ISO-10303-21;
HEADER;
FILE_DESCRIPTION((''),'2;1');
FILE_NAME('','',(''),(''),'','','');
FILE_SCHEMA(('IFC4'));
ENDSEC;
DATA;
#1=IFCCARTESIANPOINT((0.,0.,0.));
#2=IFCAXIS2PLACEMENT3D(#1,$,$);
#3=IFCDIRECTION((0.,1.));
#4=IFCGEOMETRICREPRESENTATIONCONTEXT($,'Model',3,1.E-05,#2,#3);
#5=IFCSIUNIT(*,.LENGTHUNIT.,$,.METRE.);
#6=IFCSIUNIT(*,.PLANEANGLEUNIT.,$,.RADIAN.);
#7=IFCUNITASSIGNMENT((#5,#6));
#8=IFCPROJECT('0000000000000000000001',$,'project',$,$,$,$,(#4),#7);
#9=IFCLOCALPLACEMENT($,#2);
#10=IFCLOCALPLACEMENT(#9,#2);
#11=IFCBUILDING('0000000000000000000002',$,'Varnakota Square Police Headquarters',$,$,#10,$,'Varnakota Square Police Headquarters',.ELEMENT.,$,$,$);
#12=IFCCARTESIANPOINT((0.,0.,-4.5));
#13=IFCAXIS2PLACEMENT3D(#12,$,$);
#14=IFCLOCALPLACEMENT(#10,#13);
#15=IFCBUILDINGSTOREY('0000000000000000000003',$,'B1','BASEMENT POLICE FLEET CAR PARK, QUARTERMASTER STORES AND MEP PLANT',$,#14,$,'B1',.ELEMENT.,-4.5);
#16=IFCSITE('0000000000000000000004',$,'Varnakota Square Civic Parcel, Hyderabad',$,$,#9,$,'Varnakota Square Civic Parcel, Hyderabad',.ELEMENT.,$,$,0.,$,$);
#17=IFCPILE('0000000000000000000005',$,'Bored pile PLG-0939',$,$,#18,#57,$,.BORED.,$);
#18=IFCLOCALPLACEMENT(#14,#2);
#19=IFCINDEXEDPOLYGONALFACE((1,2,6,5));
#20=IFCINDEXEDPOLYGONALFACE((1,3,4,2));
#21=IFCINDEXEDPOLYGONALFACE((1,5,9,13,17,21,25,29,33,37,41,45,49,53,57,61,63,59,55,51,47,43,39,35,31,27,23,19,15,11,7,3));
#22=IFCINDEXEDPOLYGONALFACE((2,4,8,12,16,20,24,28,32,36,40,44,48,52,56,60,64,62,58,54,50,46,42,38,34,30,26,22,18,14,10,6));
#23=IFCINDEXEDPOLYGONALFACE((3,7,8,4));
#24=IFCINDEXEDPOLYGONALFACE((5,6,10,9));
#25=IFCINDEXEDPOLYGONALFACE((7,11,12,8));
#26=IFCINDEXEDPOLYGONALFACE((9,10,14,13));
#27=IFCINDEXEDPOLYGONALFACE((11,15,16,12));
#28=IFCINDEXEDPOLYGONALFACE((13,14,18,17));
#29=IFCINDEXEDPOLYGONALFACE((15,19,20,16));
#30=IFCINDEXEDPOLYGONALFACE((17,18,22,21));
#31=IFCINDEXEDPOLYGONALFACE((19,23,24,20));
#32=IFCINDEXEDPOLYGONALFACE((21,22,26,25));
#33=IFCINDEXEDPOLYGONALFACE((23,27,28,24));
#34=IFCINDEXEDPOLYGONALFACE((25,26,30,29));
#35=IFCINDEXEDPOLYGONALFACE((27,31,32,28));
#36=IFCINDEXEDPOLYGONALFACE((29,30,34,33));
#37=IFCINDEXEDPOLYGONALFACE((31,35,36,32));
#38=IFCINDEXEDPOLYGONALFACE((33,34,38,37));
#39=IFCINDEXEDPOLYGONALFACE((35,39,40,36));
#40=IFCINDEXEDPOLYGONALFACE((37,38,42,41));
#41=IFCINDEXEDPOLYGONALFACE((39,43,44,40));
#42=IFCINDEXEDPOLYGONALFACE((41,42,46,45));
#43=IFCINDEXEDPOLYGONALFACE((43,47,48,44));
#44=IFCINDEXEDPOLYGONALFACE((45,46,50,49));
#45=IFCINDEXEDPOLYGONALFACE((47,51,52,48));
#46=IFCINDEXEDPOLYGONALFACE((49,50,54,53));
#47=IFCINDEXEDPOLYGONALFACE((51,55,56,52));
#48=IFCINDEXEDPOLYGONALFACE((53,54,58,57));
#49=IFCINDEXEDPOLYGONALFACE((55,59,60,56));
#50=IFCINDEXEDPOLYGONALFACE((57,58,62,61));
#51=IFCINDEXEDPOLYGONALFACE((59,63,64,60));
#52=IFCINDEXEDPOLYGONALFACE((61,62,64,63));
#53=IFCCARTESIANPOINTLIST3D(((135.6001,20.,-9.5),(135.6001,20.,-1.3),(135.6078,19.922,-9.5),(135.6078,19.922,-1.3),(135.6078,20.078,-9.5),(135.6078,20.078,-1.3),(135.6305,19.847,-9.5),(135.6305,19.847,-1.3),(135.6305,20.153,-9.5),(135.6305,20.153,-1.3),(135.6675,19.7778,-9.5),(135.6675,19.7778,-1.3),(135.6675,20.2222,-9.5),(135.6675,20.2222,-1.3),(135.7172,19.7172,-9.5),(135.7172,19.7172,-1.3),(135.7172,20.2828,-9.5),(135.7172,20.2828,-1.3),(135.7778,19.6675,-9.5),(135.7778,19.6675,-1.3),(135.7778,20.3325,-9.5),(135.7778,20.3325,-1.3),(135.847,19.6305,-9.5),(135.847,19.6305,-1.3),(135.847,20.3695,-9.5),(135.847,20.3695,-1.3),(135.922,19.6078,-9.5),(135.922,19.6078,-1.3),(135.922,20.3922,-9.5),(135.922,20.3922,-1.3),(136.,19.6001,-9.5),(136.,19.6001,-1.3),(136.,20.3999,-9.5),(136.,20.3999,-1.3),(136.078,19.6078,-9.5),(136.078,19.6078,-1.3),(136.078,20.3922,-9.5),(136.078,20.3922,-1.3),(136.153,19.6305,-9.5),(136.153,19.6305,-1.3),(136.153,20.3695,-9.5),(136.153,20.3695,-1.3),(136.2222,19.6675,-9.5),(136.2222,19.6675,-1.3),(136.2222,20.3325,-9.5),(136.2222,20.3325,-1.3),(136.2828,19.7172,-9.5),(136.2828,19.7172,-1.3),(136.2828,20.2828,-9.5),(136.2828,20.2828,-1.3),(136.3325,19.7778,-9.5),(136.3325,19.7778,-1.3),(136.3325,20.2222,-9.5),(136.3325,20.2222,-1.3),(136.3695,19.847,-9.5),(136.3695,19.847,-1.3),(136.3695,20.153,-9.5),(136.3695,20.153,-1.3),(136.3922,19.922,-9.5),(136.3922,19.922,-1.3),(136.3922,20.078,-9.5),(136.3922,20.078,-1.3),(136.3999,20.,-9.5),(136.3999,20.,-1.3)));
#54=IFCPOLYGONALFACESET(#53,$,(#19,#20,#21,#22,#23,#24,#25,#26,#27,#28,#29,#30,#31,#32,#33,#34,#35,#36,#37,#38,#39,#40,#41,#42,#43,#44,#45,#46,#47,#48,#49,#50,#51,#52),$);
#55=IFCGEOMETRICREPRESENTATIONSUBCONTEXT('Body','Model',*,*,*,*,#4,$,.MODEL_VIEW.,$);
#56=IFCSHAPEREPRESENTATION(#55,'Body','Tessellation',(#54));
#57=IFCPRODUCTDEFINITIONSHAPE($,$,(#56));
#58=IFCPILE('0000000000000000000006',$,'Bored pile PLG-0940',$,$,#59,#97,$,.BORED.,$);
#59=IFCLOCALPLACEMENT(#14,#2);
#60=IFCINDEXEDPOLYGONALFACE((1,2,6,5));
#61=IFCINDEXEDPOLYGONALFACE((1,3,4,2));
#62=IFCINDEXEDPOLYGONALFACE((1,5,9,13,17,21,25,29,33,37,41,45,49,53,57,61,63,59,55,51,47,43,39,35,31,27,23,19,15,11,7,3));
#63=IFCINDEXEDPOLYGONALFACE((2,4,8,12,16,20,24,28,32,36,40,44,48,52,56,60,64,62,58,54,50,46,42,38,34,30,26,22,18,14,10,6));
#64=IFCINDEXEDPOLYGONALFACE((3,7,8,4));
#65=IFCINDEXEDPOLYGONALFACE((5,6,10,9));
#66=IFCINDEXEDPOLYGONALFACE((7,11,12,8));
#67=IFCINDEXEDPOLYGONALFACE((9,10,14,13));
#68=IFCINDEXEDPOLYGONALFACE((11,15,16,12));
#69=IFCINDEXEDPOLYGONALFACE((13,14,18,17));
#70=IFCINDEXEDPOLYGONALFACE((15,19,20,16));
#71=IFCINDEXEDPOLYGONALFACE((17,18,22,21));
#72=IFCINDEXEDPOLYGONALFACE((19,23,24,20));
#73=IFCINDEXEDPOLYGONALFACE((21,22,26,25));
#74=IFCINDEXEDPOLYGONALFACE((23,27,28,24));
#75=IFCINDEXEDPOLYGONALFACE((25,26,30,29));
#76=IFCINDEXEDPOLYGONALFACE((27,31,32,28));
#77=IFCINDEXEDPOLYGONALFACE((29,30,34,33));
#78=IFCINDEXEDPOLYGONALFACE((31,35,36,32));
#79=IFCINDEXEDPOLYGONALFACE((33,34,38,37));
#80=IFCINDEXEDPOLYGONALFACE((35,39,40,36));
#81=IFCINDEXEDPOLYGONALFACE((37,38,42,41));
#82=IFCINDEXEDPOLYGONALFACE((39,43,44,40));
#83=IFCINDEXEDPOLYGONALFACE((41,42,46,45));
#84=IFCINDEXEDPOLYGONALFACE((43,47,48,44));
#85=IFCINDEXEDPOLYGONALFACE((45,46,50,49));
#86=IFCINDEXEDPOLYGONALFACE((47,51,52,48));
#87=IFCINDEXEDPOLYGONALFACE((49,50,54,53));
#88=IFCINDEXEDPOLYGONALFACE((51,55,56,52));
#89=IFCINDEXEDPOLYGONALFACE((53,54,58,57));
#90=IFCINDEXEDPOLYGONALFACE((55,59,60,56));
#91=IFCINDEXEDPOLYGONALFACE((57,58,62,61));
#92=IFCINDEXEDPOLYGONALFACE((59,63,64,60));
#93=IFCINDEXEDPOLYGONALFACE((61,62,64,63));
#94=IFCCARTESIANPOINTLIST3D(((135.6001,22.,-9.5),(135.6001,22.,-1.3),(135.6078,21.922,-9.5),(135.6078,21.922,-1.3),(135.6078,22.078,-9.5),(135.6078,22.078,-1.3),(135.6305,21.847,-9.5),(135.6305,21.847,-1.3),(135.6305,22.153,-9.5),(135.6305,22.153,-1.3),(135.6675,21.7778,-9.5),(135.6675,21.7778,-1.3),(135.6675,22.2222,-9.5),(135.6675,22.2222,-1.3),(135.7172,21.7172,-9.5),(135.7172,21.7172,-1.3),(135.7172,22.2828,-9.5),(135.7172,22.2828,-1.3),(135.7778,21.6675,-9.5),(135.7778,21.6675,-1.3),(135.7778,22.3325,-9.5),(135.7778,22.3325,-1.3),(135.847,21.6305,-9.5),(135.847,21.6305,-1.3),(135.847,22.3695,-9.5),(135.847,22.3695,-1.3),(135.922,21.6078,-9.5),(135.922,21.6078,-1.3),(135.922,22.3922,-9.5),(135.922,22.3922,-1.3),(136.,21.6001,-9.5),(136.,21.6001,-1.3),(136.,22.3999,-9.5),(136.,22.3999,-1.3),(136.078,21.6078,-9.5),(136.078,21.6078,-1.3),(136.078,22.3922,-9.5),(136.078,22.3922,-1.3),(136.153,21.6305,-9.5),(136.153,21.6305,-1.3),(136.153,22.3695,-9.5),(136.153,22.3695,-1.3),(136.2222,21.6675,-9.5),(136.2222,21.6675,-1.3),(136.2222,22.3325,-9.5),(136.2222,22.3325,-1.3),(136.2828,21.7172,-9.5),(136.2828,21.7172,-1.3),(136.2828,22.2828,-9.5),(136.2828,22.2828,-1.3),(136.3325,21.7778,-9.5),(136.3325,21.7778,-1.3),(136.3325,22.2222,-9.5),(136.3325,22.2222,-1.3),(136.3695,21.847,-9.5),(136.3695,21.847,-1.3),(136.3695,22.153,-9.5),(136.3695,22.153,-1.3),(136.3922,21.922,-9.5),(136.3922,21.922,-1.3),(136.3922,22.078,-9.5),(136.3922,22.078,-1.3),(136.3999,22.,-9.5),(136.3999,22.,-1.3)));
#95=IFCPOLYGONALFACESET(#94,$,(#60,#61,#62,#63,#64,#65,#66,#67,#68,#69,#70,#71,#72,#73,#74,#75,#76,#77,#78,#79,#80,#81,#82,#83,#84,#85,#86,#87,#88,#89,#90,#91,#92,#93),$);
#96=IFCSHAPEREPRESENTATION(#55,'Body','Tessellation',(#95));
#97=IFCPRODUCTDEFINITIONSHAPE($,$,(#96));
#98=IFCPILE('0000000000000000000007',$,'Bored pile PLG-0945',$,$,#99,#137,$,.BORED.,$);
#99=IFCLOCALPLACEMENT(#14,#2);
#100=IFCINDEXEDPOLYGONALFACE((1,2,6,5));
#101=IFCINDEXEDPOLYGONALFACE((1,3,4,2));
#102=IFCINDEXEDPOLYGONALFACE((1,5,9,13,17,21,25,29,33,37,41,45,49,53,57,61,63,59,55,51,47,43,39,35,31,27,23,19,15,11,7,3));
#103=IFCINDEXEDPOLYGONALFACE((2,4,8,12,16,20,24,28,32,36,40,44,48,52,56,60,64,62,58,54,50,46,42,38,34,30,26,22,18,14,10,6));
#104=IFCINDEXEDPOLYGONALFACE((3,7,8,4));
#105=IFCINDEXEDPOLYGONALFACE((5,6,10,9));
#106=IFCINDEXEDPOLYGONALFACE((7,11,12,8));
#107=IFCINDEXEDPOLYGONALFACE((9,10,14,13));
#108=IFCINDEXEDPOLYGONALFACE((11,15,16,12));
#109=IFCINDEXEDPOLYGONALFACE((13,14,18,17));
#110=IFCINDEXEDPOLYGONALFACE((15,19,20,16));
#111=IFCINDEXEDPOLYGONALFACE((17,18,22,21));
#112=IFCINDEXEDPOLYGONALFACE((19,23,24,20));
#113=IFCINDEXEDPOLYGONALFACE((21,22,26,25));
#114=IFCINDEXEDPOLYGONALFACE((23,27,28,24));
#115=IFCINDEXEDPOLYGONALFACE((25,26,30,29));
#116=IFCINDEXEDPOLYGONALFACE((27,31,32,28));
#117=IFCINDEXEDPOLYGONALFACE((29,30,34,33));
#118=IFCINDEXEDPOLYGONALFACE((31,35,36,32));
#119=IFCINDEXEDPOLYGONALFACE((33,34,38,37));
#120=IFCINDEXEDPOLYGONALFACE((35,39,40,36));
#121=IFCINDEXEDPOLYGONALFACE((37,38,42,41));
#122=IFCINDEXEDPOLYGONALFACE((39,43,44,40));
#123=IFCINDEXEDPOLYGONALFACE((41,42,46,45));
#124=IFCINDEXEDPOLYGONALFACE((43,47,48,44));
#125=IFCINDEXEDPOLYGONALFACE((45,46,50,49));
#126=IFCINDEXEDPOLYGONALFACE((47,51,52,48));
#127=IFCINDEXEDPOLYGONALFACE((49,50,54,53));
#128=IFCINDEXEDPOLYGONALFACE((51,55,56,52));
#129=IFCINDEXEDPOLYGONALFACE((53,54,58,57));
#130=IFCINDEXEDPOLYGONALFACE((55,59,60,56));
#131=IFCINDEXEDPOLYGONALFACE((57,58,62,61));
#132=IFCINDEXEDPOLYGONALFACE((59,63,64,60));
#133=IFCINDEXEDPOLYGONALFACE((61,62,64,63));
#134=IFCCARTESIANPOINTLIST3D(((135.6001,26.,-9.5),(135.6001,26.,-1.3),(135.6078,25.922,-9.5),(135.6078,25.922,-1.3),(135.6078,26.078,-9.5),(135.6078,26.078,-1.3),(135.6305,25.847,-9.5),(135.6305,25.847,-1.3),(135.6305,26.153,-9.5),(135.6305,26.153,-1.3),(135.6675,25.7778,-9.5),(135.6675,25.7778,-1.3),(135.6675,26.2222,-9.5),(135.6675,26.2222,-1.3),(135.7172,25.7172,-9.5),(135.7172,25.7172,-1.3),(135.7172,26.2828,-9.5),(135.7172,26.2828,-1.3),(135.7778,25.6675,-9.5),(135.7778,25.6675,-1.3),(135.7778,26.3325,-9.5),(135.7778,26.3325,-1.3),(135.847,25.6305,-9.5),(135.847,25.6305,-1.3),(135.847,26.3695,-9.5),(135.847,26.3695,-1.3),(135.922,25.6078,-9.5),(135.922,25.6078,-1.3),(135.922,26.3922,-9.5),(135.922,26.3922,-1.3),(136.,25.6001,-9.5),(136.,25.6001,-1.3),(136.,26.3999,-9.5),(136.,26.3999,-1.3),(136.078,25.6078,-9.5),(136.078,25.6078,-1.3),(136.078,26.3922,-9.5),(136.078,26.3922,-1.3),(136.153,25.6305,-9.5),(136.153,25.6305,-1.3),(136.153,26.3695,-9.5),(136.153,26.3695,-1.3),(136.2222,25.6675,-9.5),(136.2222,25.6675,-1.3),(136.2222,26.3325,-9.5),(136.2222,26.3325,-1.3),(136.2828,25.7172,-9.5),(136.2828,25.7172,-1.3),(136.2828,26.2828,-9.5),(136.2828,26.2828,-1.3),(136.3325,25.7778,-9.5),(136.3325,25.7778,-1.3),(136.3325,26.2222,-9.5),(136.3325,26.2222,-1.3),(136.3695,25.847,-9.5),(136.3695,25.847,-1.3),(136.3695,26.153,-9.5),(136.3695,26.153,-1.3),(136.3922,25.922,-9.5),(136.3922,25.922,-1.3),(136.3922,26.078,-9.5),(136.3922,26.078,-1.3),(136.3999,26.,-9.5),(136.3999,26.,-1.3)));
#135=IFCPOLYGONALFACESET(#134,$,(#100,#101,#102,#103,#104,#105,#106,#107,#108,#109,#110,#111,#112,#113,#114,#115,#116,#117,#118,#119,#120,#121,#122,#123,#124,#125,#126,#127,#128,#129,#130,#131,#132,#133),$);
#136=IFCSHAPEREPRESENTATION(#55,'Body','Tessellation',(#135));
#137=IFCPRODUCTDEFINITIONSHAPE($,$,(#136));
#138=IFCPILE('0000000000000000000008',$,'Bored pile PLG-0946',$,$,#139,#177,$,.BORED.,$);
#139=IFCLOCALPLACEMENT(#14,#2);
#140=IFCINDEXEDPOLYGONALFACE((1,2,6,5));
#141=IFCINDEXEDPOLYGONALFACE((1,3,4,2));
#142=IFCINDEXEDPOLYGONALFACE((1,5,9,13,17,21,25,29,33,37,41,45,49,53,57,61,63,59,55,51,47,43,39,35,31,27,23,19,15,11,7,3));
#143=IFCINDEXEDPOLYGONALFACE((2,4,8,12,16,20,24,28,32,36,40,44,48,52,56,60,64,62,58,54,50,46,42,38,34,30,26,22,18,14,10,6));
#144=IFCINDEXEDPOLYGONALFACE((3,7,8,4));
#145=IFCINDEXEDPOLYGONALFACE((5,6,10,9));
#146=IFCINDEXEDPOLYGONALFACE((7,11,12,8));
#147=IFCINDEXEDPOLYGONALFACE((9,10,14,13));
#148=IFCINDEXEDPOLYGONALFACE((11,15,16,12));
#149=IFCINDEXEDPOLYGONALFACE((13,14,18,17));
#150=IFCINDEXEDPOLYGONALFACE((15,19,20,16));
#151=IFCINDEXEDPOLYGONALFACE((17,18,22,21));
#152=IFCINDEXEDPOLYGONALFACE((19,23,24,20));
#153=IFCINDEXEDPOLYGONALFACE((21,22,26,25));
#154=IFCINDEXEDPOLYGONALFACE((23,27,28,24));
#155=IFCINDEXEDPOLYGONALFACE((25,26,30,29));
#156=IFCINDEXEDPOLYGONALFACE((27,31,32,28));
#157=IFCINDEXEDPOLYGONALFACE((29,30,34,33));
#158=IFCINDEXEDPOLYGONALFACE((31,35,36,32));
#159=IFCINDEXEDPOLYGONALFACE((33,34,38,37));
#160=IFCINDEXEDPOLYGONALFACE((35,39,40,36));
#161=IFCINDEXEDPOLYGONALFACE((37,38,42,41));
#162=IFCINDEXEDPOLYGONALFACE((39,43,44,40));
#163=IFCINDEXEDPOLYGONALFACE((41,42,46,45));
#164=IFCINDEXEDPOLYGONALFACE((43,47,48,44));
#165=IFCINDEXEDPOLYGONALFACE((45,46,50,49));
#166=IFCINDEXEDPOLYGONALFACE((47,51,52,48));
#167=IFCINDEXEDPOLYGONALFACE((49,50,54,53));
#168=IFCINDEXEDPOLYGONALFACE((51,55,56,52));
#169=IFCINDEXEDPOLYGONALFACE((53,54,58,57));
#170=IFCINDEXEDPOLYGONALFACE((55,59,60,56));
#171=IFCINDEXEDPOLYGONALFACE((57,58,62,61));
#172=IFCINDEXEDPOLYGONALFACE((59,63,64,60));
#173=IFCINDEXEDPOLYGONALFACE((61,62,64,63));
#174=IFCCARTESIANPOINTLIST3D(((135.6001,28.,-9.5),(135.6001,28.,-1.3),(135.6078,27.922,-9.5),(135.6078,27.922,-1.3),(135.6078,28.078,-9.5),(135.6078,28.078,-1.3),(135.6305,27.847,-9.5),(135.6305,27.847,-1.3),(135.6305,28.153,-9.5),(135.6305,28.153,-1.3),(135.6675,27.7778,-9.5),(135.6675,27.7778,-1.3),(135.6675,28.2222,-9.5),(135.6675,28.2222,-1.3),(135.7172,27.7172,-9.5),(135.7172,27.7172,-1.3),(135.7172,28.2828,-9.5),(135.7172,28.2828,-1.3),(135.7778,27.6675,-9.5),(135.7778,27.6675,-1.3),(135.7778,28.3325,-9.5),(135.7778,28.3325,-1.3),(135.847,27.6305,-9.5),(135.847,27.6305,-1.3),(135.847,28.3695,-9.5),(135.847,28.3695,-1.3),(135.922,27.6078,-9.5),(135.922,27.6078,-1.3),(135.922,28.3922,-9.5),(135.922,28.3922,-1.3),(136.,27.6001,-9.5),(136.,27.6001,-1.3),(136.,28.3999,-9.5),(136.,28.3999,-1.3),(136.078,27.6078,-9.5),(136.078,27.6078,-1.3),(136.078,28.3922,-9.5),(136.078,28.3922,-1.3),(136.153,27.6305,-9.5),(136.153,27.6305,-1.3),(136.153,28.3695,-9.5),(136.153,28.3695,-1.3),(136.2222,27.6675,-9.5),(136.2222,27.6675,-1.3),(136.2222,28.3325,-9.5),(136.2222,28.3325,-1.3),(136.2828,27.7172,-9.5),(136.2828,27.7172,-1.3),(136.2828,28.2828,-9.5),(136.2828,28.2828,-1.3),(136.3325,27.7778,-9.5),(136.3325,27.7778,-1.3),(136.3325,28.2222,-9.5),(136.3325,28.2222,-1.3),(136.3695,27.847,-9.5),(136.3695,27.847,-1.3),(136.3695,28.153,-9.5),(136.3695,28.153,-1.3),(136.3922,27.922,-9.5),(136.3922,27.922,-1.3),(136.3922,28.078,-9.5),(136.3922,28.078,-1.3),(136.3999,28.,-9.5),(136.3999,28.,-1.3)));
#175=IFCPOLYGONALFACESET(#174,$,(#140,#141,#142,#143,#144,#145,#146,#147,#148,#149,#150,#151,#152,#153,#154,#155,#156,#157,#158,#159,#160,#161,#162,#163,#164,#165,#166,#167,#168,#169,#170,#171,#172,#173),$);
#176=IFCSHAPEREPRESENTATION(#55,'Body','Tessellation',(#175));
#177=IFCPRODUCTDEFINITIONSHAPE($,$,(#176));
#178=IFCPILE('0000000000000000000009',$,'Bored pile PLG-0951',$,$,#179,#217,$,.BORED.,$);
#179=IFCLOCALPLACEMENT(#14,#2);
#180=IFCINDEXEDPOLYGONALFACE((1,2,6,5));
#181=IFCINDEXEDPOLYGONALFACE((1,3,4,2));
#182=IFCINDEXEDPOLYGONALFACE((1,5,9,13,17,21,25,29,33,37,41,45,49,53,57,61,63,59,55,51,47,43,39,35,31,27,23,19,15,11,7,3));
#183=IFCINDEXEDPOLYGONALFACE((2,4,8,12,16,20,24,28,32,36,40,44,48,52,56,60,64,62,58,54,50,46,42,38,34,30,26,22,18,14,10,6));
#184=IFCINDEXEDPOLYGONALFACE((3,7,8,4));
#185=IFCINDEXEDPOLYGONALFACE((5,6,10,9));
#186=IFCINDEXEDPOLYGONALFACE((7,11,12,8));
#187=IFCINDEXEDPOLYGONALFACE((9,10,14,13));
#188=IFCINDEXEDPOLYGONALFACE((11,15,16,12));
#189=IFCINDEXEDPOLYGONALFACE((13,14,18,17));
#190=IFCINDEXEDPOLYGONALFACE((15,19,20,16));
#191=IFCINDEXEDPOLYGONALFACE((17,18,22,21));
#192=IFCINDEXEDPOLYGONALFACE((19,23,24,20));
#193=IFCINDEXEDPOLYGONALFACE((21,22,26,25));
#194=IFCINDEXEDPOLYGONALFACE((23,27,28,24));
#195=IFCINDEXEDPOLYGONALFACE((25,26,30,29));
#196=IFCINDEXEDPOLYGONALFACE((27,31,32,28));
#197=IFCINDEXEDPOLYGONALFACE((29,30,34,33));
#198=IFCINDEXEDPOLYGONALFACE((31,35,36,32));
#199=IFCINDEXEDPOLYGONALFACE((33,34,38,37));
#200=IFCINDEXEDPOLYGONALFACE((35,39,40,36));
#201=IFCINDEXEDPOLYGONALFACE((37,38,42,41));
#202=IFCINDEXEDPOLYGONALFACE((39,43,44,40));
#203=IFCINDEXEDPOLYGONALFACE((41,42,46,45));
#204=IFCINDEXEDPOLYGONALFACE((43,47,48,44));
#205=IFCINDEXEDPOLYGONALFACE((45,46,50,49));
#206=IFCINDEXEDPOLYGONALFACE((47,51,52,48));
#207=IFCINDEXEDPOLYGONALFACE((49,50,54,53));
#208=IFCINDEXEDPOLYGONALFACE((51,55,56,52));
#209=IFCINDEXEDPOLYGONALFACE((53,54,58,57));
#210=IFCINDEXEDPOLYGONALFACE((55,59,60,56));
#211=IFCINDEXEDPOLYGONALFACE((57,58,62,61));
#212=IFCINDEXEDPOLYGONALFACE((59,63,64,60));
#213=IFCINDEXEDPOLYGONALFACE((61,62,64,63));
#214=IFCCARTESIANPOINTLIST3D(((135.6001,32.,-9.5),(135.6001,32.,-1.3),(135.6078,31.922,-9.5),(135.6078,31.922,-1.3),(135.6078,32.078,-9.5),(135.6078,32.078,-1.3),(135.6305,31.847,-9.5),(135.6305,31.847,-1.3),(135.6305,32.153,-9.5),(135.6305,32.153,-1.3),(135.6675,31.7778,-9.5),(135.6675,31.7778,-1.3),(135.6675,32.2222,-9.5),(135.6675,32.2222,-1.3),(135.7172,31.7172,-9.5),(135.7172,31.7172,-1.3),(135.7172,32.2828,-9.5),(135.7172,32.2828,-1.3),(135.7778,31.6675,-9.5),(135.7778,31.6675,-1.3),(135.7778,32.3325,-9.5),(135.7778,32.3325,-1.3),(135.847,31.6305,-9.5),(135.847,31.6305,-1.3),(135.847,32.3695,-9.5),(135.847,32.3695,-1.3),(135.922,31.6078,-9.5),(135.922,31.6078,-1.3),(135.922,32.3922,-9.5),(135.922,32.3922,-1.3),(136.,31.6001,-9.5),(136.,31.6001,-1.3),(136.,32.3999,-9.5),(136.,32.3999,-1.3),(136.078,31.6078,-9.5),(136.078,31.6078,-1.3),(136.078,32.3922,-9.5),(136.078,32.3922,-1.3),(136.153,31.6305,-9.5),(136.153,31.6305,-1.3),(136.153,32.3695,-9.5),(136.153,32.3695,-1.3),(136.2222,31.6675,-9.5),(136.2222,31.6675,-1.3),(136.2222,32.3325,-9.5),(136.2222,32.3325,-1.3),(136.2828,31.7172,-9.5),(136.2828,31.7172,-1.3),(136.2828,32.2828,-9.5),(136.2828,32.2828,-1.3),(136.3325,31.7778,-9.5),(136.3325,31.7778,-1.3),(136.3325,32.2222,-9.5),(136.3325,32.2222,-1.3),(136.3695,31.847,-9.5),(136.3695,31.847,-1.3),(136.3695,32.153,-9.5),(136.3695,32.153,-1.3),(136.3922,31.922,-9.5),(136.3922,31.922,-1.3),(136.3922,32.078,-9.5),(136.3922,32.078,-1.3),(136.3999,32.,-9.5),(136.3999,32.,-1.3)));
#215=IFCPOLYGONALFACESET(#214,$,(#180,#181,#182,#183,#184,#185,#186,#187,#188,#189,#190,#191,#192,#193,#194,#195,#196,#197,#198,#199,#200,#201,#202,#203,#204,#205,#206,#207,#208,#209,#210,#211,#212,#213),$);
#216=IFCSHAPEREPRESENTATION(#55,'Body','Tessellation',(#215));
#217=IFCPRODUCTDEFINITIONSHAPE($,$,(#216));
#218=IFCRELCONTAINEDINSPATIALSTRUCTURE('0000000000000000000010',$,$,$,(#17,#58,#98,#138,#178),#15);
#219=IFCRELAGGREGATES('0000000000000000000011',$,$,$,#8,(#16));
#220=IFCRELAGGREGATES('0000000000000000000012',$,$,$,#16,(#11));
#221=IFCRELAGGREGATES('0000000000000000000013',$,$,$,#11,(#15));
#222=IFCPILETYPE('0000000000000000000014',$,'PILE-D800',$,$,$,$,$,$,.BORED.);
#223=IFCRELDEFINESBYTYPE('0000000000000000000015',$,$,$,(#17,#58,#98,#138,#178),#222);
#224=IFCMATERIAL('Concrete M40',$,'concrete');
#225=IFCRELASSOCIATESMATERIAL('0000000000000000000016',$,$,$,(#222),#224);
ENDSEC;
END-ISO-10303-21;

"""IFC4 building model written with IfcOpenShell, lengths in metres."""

from ifc_helpers import new_model, si_unit, direction, frame, origin, origin_2d, place, context, subcontext, project, spatial, circle, extrude, material, material_profile, profile_set, type_object, element, save


model = new_model("IFC4")

# Units and contexts
model_context = context("Model", 3, precision=1e-05, world=origin(), true_north=direction((0.0, 1.0)))
body_context = subcontext(model_context, "Body", "Model", "MODEL_VIEW")
ifc_project = project(units=[si_unit("LENGTHUNIT", "METRE"), si_unit("PLANEANGLEUNIT", "RADIAN")], contexts=[model_context])

# Site, building, storey
site_placement = place(None, origin())
site = spatial("IfcSite", under=ifc_project, at=site_placement, Name="Varnakota Square Civic Parcel, Hyderabad", LongName="Varnakota Square Civic Parcel, Hyderabad", CompositionType="ELEMENT", RefElevation=0.0)
building_placement = place(site_placement, origin())
building = spatial("IfcBuilding", under=site, at=building_placement, Name="Varnakota Square Police Headquarters", LongName="Varnakota Square Police Headquarters", CompositionType="ELEMENT")
storey_placement = place(building_placement, frame((0.0, 0.0, -4.5)))
storey = spatial("IfcBuildingStorey", under=building, at=storey_placement, Name="B1", Description="BASEMENT POLICE FLEET CAR PARK, QUARTERMASTER STORES AND MEP PLANT", LongName="B1", CompositionType="ELEMENT", Elevation=-4.5)

# Piles
ifc_material_1 = material(Name="Concrete M40", Category="concrete")
ifc_material_profile_1 = material_profile(ifc_material_1, circle(Radius=0.3999, at=origin_2d()), Name="BORED PILE 800")
ifc_profile_set_1 = profile_set([ifc_material_profile_1], Name="Concrete M40")
pile_type = type_object("IfcPileType", Name="PILE-D800", PredefinedType="BORED", material=ifc_profile_set_1)
for number, where, z_axis, x_axis, name in (
    (1, (136.0, 20.0, -1.3), (0.0, 0.0, -1.0), (1.0, 0.0, 0.0), "Bored pile PLG-0939"),
    (2, (136.0, 22.0, -1.3), (0.0, 0.0, -1.0), (1.0, 0.0, 0.0), "Bored pile PLG-0940"),
    (3, (136.0, 26.0, -1.3), (0.0, 0.0, -1.0), (1.0, 0.0, 0.0), "Bored pile PLG-0945"),
    (4, (136.0, 28.0, -1.3), (0.0, 0.0, -1.0), (1.0, 0.0, 0.0), "Bored pile PLG-0946"),
    (5, (136.0, 32.0, -1.3), (0.0, 0.0, -1.0), (1.0, 0.0, 0.0), "Bored pile PLG-0951"),
):
    element("IfcPile", number, at=place(storey_placement, frame(where, z_axis=z_axis, x_axis=x_axis)), inside=storey, type_object=pile_type, Name=name, PredefinedType="BORED", context=body_context, shape_type="SweptSolid", body=[
        extrude(circle(Radius=0.3999, at=origin_2d()), origin(), (0.0, 0.0, 1.0), 8.2),
    ])

save(model, "model.ifc")
